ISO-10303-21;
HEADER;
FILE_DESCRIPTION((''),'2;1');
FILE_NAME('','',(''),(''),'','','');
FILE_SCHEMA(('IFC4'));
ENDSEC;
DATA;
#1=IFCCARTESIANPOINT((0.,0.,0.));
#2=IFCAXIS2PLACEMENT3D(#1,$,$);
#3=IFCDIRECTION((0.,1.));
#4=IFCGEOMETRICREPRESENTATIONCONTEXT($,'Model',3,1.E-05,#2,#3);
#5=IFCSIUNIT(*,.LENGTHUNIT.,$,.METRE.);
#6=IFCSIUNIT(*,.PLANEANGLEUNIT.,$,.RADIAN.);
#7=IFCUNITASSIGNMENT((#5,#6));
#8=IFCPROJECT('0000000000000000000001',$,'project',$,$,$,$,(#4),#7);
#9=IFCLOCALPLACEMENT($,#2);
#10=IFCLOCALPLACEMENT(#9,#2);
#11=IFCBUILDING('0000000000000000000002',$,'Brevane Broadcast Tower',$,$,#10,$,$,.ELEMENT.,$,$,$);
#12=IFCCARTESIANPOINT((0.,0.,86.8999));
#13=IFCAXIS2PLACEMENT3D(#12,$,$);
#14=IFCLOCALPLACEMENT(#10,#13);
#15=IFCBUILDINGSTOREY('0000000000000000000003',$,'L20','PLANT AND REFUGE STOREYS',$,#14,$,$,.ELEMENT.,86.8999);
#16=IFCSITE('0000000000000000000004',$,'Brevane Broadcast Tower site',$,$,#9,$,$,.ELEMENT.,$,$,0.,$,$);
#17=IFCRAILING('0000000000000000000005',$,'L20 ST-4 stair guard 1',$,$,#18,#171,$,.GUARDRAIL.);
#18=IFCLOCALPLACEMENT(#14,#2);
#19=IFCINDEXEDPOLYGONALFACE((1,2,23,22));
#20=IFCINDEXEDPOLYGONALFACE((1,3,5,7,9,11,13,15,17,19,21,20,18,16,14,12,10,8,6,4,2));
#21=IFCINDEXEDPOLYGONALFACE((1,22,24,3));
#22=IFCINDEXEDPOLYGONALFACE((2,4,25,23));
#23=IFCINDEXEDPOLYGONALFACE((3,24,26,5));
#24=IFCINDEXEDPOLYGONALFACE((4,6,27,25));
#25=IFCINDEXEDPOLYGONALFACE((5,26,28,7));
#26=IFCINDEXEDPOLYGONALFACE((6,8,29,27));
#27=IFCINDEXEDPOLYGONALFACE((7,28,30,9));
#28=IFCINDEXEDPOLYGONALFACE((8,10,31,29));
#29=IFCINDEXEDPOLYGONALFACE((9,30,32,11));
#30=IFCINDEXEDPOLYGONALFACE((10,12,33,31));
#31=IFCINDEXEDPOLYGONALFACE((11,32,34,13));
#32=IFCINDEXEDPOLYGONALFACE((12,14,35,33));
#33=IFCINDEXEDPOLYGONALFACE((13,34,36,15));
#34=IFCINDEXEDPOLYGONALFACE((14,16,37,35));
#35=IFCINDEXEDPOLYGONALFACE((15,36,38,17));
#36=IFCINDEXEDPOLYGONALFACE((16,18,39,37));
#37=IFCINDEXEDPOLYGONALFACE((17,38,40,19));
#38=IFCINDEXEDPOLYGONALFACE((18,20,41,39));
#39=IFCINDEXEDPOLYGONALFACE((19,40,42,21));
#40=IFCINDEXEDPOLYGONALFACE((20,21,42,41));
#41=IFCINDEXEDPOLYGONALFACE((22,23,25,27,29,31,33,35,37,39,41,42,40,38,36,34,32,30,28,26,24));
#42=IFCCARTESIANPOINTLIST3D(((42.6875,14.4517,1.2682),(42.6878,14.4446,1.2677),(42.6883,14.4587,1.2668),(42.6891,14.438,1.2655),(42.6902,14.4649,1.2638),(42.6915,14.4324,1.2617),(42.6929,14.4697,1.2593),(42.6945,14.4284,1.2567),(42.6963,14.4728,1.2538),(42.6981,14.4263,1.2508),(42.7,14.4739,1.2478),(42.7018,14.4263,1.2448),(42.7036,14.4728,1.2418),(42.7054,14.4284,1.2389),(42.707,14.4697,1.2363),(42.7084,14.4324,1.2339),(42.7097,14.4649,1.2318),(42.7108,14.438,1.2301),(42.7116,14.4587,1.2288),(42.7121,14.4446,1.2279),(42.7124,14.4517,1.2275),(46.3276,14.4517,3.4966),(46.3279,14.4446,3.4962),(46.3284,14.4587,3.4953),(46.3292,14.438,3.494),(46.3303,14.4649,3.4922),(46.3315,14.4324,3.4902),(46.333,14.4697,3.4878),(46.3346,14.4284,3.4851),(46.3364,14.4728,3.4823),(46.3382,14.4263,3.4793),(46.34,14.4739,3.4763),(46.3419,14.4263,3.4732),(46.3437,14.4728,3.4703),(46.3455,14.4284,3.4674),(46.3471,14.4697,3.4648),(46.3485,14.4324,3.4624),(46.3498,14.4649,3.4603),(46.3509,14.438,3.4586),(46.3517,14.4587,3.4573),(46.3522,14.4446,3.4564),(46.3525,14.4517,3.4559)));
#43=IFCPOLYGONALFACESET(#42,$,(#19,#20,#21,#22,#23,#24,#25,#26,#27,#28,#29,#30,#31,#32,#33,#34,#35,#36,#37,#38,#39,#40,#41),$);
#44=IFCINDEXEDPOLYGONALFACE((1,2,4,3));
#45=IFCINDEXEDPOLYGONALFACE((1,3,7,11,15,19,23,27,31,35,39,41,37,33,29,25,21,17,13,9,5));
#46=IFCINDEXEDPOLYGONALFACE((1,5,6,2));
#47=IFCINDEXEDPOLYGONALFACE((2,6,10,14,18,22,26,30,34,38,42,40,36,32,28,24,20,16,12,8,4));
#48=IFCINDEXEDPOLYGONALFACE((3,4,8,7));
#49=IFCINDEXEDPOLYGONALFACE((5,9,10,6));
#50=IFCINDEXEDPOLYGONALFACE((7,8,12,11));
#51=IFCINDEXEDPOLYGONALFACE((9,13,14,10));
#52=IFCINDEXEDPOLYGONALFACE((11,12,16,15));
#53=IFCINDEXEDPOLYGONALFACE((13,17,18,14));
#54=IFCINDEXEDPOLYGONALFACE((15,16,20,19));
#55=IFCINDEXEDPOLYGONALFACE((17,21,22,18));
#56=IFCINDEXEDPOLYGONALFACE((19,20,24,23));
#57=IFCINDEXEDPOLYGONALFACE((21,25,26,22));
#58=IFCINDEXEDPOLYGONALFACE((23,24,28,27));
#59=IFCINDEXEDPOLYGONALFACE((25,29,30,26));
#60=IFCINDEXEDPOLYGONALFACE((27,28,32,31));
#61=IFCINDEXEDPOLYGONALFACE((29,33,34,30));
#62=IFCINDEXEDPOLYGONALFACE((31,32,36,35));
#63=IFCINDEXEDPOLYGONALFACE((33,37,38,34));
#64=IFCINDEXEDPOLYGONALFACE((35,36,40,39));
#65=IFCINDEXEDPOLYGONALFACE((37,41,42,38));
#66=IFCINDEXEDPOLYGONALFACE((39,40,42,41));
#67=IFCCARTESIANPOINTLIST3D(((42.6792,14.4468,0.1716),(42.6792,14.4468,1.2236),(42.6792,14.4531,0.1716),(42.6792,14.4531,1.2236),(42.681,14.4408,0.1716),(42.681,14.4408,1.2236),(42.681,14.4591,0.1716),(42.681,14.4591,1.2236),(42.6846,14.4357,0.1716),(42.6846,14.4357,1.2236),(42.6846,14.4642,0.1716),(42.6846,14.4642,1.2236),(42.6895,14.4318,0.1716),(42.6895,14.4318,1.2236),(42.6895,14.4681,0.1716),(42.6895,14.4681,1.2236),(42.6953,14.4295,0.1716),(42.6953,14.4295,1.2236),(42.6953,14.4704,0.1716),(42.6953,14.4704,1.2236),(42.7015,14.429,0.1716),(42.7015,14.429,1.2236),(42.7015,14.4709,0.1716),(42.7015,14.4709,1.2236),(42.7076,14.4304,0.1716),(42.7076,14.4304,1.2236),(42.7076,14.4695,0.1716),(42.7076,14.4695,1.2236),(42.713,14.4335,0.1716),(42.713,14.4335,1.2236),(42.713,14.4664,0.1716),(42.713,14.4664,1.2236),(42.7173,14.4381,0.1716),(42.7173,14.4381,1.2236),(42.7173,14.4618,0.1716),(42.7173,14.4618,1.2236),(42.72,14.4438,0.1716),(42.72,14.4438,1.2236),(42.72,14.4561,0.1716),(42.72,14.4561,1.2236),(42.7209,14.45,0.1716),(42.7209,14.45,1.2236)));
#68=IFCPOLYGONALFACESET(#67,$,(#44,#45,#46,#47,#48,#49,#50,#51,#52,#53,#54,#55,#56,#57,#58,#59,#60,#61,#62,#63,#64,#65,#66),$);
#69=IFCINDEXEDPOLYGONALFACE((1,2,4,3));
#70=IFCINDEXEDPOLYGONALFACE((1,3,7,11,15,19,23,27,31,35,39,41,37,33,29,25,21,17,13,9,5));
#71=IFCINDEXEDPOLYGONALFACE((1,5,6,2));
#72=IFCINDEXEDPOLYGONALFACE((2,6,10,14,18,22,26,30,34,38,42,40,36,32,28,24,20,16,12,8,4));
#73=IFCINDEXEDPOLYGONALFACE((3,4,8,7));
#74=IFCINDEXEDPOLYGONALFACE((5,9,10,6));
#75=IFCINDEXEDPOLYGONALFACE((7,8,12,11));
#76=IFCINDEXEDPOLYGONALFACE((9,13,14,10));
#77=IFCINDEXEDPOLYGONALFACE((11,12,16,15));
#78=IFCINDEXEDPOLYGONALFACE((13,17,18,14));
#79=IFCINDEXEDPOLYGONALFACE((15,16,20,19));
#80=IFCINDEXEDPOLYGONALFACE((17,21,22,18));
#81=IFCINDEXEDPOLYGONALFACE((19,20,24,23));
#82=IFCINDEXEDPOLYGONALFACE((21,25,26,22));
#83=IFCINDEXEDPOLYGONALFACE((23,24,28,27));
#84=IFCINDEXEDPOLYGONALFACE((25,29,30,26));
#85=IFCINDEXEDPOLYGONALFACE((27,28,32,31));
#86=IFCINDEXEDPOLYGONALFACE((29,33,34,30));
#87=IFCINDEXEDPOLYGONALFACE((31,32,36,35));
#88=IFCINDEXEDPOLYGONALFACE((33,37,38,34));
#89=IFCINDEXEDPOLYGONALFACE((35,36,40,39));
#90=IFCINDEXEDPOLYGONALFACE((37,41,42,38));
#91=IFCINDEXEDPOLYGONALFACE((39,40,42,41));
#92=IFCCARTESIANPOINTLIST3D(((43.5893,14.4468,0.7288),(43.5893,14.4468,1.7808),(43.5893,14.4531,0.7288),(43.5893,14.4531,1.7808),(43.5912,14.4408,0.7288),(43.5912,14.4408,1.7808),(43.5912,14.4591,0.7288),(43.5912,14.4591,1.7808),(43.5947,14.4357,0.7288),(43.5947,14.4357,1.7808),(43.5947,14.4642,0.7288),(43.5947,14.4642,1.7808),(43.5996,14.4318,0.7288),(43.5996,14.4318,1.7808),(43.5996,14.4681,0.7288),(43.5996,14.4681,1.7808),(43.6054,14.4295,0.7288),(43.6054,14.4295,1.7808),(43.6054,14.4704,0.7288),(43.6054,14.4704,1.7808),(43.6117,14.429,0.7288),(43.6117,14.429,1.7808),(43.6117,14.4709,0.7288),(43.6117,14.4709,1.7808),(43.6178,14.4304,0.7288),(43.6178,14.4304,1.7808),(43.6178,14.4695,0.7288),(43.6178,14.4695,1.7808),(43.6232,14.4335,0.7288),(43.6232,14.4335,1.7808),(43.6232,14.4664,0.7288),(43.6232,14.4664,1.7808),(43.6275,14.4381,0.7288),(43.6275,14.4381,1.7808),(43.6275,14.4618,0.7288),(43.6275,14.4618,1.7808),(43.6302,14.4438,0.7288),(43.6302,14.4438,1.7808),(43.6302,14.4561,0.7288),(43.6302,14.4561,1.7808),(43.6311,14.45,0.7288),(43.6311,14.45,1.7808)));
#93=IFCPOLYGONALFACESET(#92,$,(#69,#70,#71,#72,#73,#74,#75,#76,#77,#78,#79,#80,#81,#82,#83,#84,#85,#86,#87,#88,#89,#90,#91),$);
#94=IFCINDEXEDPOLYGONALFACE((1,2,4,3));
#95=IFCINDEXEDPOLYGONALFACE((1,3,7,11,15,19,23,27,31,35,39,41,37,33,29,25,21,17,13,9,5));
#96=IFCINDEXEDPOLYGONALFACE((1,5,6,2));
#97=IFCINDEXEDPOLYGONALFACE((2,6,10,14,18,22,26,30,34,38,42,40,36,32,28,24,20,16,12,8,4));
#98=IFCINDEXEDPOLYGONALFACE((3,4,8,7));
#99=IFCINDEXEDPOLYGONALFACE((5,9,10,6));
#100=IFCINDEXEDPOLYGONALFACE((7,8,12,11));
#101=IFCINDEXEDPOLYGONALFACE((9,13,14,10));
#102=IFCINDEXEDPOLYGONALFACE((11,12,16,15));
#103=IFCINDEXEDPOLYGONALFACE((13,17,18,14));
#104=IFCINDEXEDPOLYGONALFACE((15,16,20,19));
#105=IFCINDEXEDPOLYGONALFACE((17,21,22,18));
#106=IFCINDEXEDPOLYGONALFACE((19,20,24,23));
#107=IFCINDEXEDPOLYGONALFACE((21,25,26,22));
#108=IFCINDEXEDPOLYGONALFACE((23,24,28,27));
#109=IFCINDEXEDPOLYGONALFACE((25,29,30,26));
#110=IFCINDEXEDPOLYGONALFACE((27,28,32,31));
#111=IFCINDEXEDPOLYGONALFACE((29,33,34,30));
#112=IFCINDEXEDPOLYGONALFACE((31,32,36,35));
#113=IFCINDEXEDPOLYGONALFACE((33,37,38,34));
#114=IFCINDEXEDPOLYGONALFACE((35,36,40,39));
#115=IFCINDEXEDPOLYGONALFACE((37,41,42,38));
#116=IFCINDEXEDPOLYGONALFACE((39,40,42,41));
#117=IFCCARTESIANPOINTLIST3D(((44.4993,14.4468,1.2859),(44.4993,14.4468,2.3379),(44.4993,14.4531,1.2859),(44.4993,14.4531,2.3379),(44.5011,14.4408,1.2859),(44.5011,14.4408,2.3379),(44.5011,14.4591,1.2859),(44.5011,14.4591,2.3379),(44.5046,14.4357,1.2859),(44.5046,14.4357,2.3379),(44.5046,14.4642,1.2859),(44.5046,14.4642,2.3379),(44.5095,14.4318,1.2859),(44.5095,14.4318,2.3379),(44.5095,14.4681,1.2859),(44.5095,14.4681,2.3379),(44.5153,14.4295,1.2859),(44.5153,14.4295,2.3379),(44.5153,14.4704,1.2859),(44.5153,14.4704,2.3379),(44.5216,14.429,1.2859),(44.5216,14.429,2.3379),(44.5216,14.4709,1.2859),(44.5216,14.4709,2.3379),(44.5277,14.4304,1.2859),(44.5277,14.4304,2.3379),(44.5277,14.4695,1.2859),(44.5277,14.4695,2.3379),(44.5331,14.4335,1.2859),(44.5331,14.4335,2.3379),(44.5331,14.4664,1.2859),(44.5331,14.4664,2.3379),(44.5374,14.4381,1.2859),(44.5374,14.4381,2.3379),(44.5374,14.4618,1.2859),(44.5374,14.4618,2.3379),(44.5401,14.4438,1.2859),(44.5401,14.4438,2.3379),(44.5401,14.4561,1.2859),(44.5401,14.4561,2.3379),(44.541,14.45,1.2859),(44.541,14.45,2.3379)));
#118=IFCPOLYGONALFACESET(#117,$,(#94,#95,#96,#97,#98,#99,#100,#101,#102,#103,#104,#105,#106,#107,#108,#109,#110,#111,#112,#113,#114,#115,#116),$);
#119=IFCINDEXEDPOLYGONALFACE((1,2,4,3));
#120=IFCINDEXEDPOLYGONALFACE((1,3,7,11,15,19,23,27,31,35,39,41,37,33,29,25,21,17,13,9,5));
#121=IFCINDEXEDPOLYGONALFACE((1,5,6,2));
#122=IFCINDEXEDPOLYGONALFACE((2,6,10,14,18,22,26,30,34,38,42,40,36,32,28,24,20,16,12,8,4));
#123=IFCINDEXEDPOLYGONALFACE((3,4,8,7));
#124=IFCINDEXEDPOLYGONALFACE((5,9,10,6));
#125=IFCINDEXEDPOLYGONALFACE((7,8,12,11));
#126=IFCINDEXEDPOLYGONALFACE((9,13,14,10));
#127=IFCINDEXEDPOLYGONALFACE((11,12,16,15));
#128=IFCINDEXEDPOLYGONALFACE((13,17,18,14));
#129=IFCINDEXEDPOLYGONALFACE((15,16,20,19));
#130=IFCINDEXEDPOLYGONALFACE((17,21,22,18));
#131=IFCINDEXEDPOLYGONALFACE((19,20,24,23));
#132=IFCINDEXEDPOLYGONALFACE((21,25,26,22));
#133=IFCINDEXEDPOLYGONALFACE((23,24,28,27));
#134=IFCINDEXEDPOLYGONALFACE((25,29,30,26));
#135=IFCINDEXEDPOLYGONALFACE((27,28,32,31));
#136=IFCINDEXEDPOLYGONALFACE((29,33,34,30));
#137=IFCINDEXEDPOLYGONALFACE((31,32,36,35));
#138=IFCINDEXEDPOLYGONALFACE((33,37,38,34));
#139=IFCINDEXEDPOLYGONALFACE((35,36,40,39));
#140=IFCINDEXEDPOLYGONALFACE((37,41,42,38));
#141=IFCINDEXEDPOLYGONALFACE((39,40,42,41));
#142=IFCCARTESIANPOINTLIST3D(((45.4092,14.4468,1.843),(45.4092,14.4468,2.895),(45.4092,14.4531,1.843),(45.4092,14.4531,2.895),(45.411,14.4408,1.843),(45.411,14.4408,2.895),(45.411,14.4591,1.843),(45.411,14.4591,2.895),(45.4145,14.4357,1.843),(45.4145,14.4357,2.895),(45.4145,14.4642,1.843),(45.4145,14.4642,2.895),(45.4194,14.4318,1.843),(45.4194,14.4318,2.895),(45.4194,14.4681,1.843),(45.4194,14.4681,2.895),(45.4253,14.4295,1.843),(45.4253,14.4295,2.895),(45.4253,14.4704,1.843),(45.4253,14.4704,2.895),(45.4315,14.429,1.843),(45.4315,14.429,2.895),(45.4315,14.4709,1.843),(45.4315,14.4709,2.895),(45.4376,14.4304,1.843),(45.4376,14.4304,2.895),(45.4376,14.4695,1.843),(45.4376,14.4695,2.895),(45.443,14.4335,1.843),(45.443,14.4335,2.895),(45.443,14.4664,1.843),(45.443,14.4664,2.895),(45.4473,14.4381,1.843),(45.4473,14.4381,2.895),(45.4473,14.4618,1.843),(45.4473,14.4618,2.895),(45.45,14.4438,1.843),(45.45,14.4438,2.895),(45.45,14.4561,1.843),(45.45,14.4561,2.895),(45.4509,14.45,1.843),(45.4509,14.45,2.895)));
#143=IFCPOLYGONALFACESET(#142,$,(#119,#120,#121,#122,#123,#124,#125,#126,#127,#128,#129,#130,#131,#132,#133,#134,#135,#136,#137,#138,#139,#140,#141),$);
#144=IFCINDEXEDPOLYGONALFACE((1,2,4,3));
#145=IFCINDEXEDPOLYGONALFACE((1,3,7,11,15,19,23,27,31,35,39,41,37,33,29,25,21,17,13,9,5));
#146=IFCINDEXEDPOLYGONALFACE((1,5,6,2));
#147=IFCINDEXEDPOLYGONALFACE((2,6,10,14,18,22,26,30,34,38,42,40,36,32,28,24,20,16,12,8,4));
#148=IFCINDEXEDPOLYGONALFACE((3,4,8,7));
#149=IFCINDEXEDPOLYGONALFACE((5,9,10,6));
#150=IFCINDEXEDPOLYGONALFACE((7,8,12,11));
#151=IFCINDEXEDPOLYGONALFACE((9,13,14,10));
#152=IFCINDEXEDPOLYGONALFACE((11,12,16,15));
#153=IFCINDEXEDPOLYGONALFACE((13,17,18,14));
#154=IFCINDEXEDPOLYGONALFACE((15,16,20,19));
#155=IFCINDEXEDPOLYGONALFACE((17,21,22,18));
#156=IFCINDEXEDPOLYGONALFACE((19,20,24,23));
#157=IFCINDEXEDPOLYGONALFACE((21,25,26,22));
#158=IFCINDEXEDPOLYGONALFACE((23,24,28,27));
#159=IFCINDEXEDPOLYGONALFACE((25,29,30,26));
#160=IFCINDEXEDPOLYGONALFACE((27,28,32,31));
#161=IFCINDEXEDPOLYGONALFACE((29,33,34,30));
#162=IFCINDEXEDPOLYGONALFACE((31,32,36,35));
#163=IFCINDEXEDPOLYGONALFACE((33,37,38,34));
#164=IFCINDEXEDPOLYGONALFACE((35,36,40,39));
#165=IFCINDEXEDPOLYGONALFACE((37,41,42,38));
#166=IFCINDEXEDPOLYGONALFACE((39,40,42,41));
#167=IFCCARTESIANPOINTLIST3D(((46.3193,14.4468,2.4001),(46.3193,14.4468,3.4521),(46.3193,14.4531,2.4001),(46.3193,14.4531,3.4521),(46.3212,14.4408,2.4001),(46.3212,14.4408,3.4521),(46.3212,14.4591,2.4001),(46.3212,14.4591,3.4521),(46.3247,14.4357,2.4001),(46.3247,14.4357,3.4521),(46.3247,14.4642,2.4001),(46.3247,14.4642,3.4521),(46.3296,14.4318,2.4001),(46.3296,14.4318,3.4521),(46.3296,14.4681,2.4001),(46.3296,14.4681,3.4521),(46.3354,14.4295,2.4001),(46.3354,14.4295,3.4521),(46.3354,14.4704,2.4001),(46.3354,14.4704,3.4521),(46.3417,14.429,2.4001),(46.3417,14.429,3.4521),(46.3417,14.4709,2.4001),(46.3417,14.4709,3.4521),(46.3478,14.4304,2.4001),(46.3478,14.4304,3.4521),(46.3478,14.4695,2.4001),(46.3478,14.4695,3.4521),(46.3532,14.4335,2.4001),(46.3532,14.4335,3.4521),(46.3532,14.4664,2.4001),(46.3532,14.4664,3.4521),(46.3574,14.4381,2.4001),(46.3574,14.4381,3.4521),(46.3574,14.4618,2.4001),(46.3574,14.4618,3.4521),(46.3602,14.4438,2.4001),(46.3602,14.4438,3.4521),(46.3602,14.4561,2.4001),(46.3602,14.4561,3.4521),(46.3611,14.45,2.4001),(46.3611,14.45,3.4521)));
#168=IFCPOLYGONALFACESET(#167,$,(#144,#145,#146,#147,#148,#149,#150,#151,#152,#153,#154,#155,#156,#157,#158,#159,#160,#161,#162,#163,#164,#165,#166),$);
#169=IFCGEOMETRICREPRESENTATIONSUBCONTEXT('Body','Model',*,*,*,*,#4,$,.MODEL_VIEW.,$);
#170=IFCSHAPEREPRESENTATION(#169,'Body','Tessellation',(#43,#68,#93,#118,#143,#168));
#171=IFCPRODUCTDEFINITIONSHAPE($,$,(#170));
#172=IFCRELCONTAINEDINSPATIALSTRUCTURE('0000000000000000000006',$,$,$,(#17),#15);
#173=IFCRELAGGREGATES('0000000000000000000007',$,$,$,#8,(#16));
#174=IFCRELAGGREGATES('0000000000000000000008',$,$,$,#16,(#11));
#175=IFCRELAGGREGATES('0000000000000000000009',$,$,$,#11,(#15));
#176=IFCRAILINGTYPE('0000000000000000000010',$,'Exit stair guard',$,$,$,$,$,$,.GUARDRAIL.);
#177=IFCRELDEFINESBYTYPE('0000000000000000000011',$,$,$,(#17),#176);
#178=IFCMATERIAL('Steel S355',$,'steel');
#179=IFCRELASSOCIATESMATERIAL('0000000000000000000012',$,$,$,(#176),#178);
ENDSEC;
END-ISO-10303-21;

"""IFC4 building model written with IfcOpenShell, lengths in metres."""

from ifc_helpers import new_model, si_unit, direction, frame, origin, origin_2d, place, context, subcontext, project, spatial, circle, extrude, material, type_object, element, save


model = new_model("IFC4")

# Units and contexts
model_context = context("Model", 3, precision=1e-05, world=origin(), true_north=direction((0.0, 1.0)))
body_context = subcontext(model_context, "Body", "Model", "MODEL_VIEW")
ifc_project = project(units=[si_unit("LENGTHUNIT", "METRE"), si_unit("PLANEANGLEUNIT", "RADIAN")], contexts=[model_context])

# Site, building, storey
site_placement = place(None, origin())
site = spatial("IfcSite", under=ifc_project, at=site_placement, Name="Brevane Broadcast Tower site", CompositionType="ELEMENT", RefElevation=0.0)
building_placement = place(site_placement, origin())
building = spatial("IfcBuilding", under=site, at=building_placement, Name="Brevane Broadcast Tower", CompositionType="ELEMENT")
storey_placement = place(building_placement, frame((0.0, 0.0, 86.8999)))
storey = spatial("IfcBuildingStorey", under=building, at=storey_placement, Name="L20", Description="PLANT AND REFUGE STOREYS", CompositionType="ELEMENT", Elevation=86.8999)

# Shared definitions
ifc_material_1 = material(Name="Steel S355", Category="steel")

# Railing
railing_type_1 = type_object("IfcRailingType", Name="Exit stair guard", PredefinedType="GUARDRAIL", material=ifc_material_1)
railing_1_placement = place(storey_placement, frame((42.7, 14.45, 0.1716)))
element("IfcRailing", 1, at=railing_1_placement, inside=storey, type_object=railing_type_1, Name="L20 ST-4 stair guard 1", PredefinedType="GUARDRAIL", context=body_context, shape_type="SweptSolid", body=[
    extrude(circle(Radius=0.0239, at=origin_2d()), frame((0.0, 0.0, 1.0762), z_axis=(0.852866, 0.0, 0.52213), x_axis=(0.0, 1.0, 0.0)), (0.0, 0.0, 1.0), 4.2681),
    extrude(circle(Radius=0.021, at=origin_2d()), origin(), (0.0, 0.0, 1.0), 1.052),
    extrude(circle(Radius=0.021, at=origin_2d()), frame((0.9102, 0.0, 0.5571)), (0.0, 0.0, 1.0), 1.052),
    extrude(circle(Radius=0.021, at=origin_2d()), frame((1.8201, 0.0, 1.1143)), (0.0, 0.0, 1.0), 1.052),
    extrude(circle(Radius=0.021, at=origin_2d()), frame((2.73, 0.0, 1.6714)), (0.0, 0.0, 1.0), 1.052),
    extrude(circle(Radius=0.021, at=origin_2d()), frame((3.6401, 0.0, 2.2285)), (0.0, 0.0, 1.0), 1.052),
])

save(model, "model.ifc")
